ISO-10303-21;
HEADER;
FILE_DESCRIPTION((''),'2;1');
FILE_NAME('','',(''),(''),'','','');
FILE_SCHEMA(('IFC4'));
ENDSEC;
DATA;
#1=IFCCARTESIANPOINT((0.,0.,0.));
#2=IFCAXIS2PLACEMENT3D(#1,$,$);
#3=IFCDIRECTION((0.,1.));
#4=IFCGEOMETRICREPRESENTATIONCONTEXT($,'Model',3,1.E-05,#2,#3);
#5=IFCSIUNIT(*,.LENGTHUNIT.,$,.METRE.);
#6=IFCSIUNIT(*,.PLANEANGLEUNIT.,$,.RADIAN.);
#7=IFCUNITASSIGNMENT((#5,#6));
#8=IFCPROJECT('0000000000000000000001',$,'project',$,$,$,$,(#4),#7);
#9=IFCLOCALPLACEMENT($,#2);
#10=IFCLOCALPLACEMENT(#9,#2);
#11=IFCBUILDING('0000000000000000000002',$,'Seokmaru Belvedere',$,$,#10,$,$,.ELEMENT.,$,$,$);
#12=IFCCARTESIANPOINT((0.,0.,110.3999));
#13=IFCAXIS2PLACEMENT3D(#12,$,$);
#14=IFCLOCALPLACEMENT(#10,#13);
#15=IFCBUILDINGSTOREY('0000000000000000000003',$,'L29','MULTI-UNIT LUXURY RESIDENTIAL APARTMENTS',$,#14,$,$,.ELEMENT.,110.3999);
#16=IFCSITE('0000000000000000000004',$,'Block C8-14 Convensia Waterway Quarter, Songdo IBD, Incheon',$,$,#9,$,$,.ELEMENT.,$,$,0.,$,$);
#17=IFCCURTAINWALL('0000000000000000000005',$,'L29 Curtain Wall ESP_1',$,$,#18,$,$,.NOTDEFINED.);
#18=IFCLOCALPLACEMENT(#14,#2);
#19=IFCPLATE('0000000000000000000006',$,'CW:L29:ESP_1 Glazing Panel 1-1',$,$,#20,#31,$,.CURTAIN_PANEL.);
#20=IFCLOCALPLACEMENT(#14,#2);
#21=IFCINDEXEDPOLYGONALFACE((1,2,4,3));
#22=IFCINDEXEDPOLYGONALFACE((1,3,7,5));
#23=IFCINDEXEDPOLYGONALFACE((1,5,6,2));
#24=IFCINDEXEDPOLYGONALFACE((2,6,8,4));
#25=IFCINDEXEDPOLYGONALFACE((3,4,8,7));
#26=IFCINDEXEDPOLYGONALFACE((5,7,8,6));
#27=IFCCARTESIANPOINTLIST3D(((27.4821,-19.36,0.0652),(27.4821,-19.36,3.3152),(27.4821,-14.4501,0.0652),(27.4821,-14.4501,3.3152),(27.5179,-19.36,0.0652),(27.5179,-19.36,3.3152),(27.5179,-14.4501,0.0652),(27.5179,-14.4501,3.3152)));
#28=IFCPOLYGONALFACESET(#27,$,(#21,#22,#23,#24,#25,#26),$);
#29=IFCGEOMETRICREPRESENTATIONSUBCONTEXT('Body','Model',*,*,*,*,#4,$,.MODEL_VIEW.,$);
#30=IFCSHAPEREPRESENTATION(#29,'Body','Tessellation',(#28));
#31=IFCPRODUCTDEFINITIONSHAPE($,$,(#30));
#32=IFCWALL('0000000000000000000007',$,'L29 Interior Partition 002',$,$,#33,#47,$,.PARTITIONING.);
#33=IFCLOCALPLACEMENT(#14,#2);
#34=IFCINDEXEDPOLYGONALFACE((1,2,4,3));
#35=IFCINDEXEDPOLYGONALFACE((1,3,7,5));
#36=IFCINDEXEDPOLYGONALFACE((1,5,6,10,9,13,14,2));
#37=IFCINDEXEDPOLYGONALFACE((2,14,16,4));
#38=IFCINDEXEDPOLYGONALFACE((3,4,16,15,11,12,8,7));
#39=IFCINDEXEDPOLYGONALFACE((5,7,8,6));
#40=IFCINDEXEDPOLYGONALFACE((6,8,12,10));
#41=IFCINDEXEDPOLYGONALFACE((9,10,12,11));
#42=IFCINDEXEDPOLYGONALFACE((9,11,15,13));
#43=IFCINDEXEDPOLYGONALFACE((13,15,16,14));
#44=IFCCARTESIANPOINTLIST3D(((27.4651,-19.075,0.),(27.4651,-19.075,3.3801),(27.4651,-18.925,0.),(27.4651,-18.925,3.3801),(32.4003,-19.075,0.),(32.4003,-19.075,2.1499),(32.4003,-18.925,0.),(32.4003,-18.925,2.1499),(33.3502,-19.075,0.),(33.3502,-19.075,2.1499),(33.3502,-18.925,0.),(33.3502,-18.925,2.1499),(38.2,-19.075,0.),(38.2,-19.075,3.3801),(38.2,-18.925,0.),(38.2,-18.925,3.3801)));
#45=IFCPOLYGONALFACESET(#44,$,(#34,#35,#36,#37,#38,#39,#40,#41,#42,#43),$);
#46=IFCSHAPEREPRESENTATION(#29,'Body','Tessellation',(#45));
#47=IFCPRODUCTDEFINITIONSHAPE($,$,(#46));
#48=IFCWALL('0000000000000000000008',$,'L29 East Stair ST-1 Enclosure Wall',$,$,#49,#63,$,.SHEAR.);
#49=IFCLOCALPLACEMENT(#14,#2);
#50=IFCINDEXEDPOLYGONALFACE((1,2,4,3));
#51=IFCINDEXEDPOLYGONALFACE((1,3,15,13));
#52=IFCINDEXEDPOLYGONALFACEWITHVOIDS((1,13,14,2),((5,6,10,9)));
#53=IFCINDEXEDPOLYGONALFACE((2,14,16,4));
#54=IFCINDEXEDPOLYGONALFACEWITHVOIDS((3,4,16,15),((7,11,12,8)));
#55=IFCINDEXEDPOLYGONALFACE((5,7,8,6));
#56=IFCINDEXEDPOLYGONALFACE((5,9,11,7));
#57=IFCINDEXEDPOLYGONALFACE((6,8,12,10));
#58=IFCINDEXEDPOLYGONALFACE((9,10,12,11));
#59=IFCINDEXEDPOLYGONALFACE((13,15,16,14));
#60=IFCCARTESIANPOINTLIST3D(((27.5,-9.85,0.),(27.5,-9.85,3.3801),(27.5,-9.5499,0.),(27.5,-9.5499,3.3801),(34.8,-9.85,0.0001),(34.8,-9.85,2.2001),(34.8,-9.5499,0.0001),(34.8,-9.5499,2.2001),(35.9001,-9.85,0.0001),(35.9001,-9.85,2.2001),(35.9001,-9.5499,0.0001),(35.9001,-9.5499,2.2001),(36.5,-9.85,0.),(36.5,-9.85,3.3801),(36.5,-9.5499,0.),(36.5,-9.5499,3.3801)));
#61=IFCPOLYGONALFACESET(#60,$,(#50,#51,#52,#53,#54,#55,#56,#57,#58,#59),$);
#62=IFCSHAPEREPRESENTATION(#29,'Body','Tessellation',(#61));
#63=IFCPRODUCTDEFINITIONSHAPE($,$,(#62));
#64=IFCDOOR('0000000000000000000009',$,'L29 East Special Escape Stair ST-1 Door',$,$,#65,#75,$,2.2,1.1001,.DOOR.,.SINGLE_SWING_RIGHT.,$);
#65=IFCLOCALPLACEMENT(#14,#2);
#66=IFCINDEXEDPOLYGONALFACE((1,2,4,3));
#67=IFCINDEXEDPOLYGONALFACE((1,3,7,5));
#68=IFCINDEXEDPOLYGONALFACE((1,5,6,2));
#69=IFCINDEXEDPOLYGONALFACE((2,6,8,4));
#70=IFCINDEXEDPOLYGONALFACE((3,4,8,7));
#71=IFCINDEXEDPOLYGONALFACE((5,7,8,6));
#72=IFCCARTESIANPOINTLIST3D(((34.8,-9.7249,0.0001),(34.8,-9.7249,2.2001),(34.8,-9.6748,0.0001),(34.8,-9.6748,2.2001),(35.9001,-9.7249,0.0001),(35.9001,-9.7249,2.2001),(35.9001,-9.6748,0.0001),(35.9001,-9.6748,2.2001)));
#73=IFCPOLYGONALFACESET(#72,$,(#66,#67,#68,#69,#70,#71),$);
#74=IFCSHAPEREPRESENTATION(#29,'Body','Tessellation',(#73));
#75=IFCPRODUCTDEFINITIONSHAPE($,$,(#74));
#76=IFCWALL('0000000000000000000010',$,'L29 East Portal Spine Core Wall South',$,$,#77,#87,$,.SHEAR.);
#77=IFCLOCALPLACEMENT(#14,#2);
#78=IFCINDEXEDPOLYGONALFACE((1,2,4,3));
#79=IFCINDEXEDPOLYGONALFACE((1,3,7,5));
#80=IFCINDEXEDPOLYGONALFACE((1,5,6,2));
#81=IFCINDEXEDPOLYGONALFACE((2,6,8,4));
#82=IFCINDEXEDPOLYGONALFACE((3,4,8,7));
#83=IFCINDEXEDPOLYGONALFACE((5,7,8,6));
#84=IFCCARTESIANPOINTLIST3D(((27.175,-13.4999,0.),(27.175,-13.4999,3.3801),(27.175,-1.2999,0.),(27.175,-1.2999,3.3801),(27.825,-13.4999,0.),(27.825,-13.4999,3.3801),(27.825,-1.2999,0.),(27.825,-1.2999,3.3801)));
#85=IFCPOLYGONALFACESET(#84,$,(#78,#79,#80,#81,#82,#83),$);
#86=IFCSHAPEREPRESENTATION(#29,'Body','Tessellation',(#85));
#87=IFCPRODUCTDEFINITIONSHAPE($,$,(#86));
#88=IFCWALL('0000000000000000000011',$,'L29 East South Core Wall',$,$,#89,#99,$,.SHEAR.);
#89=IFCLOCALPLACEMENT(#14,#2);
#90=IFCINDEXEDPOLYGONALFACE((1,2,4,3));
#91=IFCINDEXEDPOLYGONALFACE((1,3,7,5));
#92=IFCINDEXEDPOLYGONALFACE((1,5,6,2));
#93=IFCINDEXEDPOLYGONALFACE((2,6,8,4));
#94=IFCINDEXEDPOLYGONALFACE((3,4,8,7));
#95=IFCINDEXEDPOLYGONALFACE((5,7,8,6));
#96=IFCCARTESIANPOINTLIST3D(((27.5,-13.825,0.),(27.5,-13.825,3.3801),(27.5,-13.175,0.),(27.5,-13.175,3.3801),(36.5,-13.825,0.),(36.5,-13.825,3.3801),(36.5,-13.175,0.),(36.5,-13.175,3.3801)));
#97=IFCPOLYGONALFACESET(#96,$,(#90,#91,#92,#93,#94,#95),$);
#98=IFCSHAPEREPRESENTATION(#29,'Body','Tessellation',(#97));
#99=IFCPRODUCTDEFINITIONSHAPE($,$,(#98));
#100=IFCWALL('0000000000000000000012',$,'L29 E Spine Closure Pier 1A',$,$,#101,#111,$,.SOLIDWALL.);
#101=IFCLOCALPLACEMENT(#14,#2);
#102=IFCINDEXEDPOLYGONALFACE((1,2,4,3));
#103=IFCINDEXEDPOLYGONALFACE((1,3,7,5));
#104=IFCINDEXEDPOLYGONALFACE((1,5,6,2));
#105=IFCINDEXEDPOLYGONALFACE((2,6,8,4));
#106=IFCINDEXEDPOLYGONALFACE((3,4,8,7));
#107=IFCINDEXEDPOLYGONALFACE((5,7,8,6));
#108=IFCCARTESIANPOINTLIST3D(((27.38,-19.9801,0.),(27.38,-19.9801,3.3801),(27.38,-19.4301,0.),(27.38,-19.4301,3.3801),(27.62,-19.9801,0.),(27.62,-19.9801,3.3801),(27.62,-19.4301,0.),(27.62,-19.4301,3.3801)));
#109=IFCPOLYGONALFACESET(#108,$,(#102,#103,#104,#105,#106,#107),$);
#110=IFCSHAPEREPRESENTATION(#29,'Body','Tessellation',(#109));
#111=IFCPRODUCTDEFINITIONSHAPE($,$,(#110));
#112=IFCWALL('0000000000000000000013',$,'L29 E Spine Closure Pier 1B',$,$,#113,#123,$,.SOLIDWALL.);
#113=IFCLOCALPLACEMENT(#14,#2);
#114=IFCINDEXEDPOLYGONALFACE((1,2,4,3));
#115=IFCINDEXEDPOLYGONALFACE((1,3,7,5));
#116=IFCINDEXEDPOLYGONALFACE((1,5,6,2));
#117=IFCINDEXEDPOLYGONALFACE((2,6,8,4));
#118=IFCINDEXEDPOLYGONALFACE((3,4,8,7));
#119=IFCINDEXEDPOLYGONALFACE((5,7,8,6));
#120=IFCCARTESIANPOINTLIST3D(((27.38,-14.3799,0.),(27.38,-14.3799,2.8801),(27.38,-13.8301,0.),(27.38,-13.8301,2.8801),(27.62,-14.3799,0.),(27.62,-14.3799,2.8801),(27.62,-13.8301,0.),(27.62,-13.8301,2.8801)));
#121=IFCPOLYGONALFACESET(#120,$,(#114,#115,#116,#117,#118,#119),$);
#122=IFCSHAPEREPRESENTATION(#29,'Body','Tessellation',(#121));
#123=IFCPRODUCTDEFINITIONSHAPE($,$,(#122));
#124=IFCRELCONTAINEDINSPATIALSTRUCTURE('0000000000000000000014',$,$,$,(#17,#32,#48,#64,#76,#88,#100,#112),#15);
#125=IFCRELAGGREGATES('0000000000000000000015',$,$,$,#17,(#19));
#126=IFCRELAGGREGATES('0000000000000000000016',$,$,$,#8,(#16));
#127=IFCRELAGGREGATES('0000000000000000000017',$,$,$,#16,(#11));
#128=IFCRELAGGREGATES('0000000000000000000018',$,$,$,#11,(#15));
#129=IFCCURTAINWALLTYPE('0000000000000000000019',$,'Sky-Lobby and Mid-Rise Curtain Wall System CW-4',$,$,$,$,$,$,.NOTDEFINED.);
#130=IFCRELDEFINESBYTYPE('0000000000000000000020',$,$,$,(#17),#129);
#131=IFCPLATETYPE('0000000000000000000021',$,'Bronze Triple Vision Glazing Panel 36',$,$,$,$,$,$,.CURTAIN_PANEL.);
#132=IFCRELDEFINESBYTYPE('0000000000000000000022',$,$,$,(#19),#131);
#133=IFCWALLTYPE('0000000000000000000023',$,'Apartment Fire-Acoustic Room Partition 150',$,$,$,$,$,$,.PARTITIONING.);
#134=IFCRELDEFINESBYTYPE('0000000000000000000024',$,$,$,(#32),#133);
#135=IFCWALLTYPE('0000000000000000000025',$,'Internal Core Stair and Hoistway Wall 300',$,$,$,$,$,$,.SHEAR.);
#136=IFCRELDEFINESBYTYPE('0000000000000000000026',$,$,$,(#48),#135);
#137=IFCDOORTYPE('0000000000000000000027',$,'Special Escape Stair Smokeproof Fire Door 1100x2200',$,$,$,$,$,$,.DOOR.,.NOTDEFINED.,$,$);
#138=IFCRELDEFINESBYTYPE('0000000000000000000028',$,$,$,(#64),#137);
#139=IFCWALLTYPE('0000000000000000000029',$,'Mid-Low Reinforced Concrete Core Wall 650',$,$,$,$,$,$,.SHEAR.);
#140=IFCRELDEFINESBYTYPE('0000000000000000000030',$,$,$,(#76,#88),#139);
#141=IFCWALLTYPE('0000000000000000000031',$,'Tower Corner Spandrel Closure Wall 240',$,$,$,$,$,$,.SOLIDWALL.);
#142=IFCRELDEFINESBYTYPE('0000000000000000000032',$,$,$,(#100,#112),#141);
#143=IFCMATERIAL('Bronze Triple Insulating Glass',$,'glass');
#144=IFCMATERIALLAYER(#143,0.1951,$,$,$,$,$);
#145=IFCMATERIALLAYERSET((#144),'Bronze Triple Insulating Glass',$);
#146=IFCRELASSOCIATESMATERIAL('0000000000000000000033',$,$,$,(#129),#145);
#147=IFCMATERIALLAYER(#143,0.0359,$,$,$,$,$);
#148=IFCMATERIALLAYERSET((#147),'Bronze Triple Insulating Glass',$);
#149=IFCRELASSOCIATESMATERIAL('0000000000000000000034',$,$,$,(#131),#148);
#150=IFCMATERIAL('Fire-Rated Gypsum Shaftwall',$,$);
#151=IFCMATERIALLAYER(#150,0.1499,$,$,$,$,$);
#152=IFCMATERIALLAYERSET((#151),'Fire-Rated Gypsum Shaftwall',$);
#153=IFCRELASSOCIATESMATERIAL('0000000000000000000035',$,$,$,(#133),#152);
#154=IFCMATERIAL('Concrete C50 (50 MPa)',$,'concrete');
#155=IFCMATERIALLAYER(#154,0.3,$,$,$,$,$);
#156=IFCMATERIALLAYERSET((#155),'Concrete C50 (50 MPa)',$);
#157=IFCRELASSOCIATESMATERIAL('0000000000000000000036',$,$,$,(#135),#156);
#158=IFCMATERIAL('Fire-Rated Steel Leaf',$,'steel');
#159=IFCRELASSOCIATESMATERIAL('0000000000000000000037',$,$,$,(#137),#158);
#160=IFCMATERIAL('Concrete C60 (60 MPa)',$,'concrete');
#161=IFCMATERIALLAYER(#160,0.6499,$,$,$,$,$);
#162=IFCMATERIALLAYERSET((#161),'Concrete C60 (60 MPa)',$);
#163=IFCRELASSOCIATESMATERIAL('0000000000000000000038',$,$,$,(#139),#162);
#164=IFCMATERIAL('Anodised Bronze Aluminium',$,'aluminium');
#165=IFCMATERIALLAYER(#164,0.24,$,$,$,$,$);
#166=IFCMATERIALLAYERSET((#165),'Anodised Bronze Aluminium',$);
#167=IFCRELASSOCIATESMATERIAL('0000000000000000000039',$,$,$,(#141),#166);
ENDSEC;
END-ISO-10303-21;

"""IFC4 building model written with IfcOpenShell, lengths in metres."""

from ifc_helpers import new_model, si_unit, direction, frame, frame_2d, origin, origin_2d, place, context, subcontext, project, spatial, rectangle, extrude, source, transform, mapped, material, layer, layer_set, type_object, type_shapes, element, fill, aggregate, save


model = new_model("IFC4")

# Units and contexts
model_context = context("Model", 3, precision=1e-05, world=origin(), true_north=direction((0.0, 1.0)))
body_context = subcontext(model_context, "Body", "Model", "MODEL_VIEW")
ifc_project = project(units=[si_unit("LENGTHUNIT", "METRE"), si_unit("PLANEANGLEUNIT", "RADIAN")], contexts=[model_context])

# Site, building, storey
site_placement = place(None, origin())
site = spatial("IfcSite", under=ifc_project, at=site_placement, Name="Block C8-14 Convensia Waterway Quarter, Songdo IBD, Incheon", CompositionType="ELEMENT", RefElevation=0.0)
building_placement = place(site_placement, origin())
building = spatial("IfcBuilding", under=site, at=building_placement, Name="Seokmaru Belvedere", CompositionType="ELEMENT")
storey_placement = place(building_placement, frame((0.0, 0.0, 110.3999)))
storey = spatial("IfcBuildingStorey", under=building, at=storey_placement, Name="L29", Description="MULTI-UNIT LUXURY RESIDENTIAL APARTMENTS", CompositionType="ELEMENT", Elevation=110.3999)

# Curtain wall
ifc_material_1 = material(Name="Bronze Triple Insulating Glass", Category="glass")
ifc_layer_1 = layer(ifc_material_1, 0.1951)
ifc_layer_set_1 = layer_set([ifc_layer_1], Name="Bronze Triple Insulating Glass")
curtain_wall_type = type_object("IfcCurtainWallType", Name="Sky-Lobby and Mid-Rise Curtain Wall System CW-4", PredefinedType="NOTDEFINED", material=ifc_layer_set_1)
curtain_wall_placement = place(storey_placement, origin())
curtain_wall = element("IfcCurtainWall", 1, at=curtain_wall_placement, inside=storey, type_object=curtain_wall_type, Name="L29 Curtain Wall ESP_1", PredefinedType="NOTDEFINED")
ifc_material_2 = material(Name="Anodised Bronze Aluminium", Category="aluminium")

# Plate
ifc_layer_2 = layer(ifc_material_1, 0.0359)
ifc_layer_set_2 = layer_set([ifc_layer_2], Name="Bronze Triple Insulating Glass")
plate_type = type_object("IfcPlateType", Name="Bronze Triple Vision Glazing Panel 36", PredefinedType="CURTAIN_PANEL", material=ifc_layer_set_2)
shared_shape_1 = source(origin(), body_context, "Body", "SweptSolid", [
    extrude(rectangle(XDim=4.9099, YDim=0.0359, at=origin_2d()), origin(), (0.0, 0.0, 1.0), 3.25),
])
type_shapes(plate_type, [shared_shape_1])
plate_placement = place(storey_placement, frame((27.5, -16.905, 0.0652), z_axis=(0.0, 0.0, 1.0), x_axis=(0.0, -1.0, 0.0)))
plate = element("IfcPlate", 2, at=plate_placement, type_object=plate_type, Name="CW:L29:ESP_1 Glazing Panel 1-1", PredefinedType="CURTAIN_PANEL", context=body_context, shape_type="MappedRepresentation", body=[
    mapped(shared_shape_1, transform((0.0, 0.0, 0.0), scale=1.0)),
])
aggregate(curtain_wall, [plate])

# Wall, opening
ifc_material_3 = material(Name="Fire-Rated Gypsum Shaftwall")
ifc_layer_3 = layer(ifc_material_3, 0.1499)
ifc_layer_set_3 = layer_set([ifc_layer_3], Name="Fire-Rated Gypsum Shaftwall")
wall_type_1 = type_object("IfcWallType", Name="Apartment Fire-Acoustic Room Partition 150", PredefinedType="PARTITIONING", material=ifc_layer_set_3)
wall_1_placement = place(storey_placement, frame((27.4651, -19.0, 0.0), z_axis=(0.0, 0.0, 1.0), x_axis=(1.0, 0.0, 0.0)))
wall_1 = element("IfcWall", 3, at=wall_1_placement, inside=storey, type_object=wall_type_1, Name="L29 Interior Partition 002", PredefinedType="PARTITIONING", context=body_context, shape_type="SweptSolid", body=[
    extrude(rectangle(XDim=10.7349, YDim=0.1499, at=frame_2d((5.3674, 0.0))), origin(), (0.0, 0.0, 1.0), 3.3801),
])
opening_1_placement = place(wall_1_placement, frame((4.9351, 0.0, 0.0)))
element("IfcOpeningElement", 4, at=opening_1_placement, cuts=wall_1, PredefinedType="OPENING", context=body_context, shape_type="SweptSolid", body=[
    extrude(rectangle(XDim=0.95, YDim=2.1499, at=frame_2d((0.4751, 1.075))), frame((0.0, 0.085, 0.0), z_axis=(0.0, -1.0, 0.0), x_axis=(1.0, 0.0, 0.0)), (0.0, 0.0, 1.0), 0.1699),
])

# Wall, opening, door
ifc_material_4 = material(Name="Concrete C50 (50 MPa)", Category="concrete")
ifc_layer_4 = layer(ifc_material_4, 0.3)
ifc_layer_set_4 = layer_set([ifc_layer_4], Name="Concrete C50 (50 MPa)")
wall_type_2 = type_object("IfcWallType", Name="Internal Core Stair and Hoistway Wall 300", PredefinedType="SHEAR", material=ifc_layer_set_4)
wall_2_placement = place(storey_placement, frame((27.5, -9.7, 0.0), z_axis=(0.0, 0.0, 1.0), x_axis=(1.0, 0.0, 0.0)))
wall_2 = element("IfcWall", 5, at=wall_2_placement, inside=storey, type_object=wall_type_2, Name="L29 East Stair ST-1 Enclosure Wall", PredefinedType="SHEAR", context=body_context, shape_type="SweptSolid", body=[
    extrude(rectangle(XDim=9.0, YDim=0.3, at=frame_2d((4.5, 0.0))), origin(), (0.0, 0.0, 1.0), 3.3801),
])
opening_2_placement = place(wall_2_placement, frame((7.3, 0.0, 0.0)))
opening_2 = element("IfcOpeningElement", 6, at=opening_2_placement, cuts=wall_2, PredefinedType="OPENING", context=body_context, shape_type="SweptSolid", body=[
    extrude(rectangle(XDim=1.1001, YDim=2.2, at=frame_2d((0.55, 1.1001))), frame((0.0, 0.1602, 0.0), z_axis=(0.0, -1.0, 0.0), x_axis=(1.0, 0.0, 0.0)), (0.0, 0.0, 1.0), 0.3201),
])
ifc_material_5 = material(Name="Fire-Rated Steel Leaf", Category="steel")
door_type = type_object("IfcDoorType", Name="Special Escape Stair Smokeproof Fire Door 1100x2200", OperationType="NOTDEFINED", PredefinedType="DOOR", material=ifc_material_5)
shared_shape_2 = source(origin(), body_context, "Body", "SweptSolid", [
    extrude(rectangle(XDim=1.1001, YDim=2.2, at=frame_2d((0.55, 1.1001))), frame((0.0, 0.0249, 0.0), z_axis=(0.0, -1.0, 0.0), x_axis=(1.0, 0.0, 0.0)), (0.0, 0.0, 1.0), 0.05),
])
type_shapes(door_type, [shared_shape_2])
door_placement = place(opening_2_placement, frame((1.1001, 0.0, 0.0), z_axis=(0.0, 0.0, 1.0), x_axis=(-1.0, 0.0, 0.0)))
door = element("IfcDoor", 7, at=door_placement, inside=storey, type_object=door_type, Name="L29 East Special Escape Stair ST-1 Door", OperationType="SINGLE_SWING_RIGHT", OverallHeight=2.2, OverallWidth=1.1001, PredefinedType="DOOR", context=body_context, shape_type="MappedRepresentation", body=[
    mapped(shared_shape_2, transform((0.0, 0.0, 0.0), scale=1.0)),
])
fill(opening_2, door)

# Walls
ifc_material_6 = material(Name="Concrete C60 (60 MPa)", Category="concrete")
ifc_layer_5 = layer(ifc_material_6, 0.6499)
ifc_layer_set_5 = layer_set([ifc_layer_5], Name="Concrete C60 (60 MPa)")
wall_type_3 = type_object("IfcWallType", Name="Mid-Low Reinforced Concrete Core Wall 650", PredefinedType="SHEAR", material=ifc_layer_set_5)
wall_3_placement = place(storey_placement, frame((27.5, -13.5, 0.0), z_axis=(0.0, 0.0, 1.0), x_axis=(0.0, 1.0, 0.0)))
element("IfcWall", 8, at=wall_3_placement, inside=storey, type_object=wall_type_3, Name="L29 East Portal Spine Core Wall South", PredefinedType="SHEAR", context=body_context, shape_type="SweptSolid", body=[
    extrude(rectangle(XDim=12.2, YDim=0.6499, at=frame_2d((6.1001, 0.0))), origin(), (0.0, 0.0, 1.0), 3.3801),
])
wall_4_placement = place(storey_placement, frame((27.5, -13.5, 0.0), z_axis=(0.0, 0.0, 1.0), x_axis=(1.0, 0.0, 0.0)))
element("IfcWall", 9, at=wall_4_placement, inside=storey, type_object=wall_type_3, Name="L29 East South Core Wall", PredefinedType="SHEAR", context=body_context, shape_type="SweptSolid", body=[
    extrude(rectangle(XDim=9.0, YDim=0.6499, at=frame_2d((4.5, 0.0))), origin(), (0.0, 0.0, 1.0), 3.3801),
])
ifc_layer_6 = layer(ifc_material_2, 0.24)
ifc_layer_set_6 = layer_set([ifc_layer_6], Name="Anodised Bronze Aluminium")
wall_type_4 = type_object("IfcWallType", Name="Tower Corner Spandrel Closure Wall 240", PredefinedType="SOLIDWALL", material=ifc_layer_set_6)
wall_5_placement = place(storey_placement, frame((27.5, -19.98, 0.0), z_axis=(0.0, 0.0, 1.0), x_axis=(0.0, 1.0, 0.0)))
element("IfcWall", 10, at=wall_5_placement, inside=storey, type_object=wall_type_4, Name="L29 E Spine Closure Pier 1A", PredefinedType="SOLIDWALL", context=body_context, shape_type="SweptSolid", body=[
    extrude(rectangle(XDim=0.55, YDim=0.24, at=frame_2d((0.2749, 0.0))), origin(), (0.0, 0.0, 1.0), 3.3801),
])
wall_6_placement = place(storey_placement, frame((27.5, -14.3799, 0.0), z_axis=(0.0, 0.0, 1.0), x_axis=(0.0, 1.0, 0.0)))
element("IfcWall", 11, at=wall_6_placement, inside=storey, type_object=wall_type_4, Name="L29 E Spine Closure Pier 1B", PredefinedType="SOLIDWALL", context=body_context, shape_type="SweptSolid", body=[
    extrude(rectangle(XDim=0.5498, YDim=0.24, at=frame_2d((0.2749, 0.0))), origin(), (0.0, 0.0, 1.0), 2.8801),
])

save(model, "model.ifc")
